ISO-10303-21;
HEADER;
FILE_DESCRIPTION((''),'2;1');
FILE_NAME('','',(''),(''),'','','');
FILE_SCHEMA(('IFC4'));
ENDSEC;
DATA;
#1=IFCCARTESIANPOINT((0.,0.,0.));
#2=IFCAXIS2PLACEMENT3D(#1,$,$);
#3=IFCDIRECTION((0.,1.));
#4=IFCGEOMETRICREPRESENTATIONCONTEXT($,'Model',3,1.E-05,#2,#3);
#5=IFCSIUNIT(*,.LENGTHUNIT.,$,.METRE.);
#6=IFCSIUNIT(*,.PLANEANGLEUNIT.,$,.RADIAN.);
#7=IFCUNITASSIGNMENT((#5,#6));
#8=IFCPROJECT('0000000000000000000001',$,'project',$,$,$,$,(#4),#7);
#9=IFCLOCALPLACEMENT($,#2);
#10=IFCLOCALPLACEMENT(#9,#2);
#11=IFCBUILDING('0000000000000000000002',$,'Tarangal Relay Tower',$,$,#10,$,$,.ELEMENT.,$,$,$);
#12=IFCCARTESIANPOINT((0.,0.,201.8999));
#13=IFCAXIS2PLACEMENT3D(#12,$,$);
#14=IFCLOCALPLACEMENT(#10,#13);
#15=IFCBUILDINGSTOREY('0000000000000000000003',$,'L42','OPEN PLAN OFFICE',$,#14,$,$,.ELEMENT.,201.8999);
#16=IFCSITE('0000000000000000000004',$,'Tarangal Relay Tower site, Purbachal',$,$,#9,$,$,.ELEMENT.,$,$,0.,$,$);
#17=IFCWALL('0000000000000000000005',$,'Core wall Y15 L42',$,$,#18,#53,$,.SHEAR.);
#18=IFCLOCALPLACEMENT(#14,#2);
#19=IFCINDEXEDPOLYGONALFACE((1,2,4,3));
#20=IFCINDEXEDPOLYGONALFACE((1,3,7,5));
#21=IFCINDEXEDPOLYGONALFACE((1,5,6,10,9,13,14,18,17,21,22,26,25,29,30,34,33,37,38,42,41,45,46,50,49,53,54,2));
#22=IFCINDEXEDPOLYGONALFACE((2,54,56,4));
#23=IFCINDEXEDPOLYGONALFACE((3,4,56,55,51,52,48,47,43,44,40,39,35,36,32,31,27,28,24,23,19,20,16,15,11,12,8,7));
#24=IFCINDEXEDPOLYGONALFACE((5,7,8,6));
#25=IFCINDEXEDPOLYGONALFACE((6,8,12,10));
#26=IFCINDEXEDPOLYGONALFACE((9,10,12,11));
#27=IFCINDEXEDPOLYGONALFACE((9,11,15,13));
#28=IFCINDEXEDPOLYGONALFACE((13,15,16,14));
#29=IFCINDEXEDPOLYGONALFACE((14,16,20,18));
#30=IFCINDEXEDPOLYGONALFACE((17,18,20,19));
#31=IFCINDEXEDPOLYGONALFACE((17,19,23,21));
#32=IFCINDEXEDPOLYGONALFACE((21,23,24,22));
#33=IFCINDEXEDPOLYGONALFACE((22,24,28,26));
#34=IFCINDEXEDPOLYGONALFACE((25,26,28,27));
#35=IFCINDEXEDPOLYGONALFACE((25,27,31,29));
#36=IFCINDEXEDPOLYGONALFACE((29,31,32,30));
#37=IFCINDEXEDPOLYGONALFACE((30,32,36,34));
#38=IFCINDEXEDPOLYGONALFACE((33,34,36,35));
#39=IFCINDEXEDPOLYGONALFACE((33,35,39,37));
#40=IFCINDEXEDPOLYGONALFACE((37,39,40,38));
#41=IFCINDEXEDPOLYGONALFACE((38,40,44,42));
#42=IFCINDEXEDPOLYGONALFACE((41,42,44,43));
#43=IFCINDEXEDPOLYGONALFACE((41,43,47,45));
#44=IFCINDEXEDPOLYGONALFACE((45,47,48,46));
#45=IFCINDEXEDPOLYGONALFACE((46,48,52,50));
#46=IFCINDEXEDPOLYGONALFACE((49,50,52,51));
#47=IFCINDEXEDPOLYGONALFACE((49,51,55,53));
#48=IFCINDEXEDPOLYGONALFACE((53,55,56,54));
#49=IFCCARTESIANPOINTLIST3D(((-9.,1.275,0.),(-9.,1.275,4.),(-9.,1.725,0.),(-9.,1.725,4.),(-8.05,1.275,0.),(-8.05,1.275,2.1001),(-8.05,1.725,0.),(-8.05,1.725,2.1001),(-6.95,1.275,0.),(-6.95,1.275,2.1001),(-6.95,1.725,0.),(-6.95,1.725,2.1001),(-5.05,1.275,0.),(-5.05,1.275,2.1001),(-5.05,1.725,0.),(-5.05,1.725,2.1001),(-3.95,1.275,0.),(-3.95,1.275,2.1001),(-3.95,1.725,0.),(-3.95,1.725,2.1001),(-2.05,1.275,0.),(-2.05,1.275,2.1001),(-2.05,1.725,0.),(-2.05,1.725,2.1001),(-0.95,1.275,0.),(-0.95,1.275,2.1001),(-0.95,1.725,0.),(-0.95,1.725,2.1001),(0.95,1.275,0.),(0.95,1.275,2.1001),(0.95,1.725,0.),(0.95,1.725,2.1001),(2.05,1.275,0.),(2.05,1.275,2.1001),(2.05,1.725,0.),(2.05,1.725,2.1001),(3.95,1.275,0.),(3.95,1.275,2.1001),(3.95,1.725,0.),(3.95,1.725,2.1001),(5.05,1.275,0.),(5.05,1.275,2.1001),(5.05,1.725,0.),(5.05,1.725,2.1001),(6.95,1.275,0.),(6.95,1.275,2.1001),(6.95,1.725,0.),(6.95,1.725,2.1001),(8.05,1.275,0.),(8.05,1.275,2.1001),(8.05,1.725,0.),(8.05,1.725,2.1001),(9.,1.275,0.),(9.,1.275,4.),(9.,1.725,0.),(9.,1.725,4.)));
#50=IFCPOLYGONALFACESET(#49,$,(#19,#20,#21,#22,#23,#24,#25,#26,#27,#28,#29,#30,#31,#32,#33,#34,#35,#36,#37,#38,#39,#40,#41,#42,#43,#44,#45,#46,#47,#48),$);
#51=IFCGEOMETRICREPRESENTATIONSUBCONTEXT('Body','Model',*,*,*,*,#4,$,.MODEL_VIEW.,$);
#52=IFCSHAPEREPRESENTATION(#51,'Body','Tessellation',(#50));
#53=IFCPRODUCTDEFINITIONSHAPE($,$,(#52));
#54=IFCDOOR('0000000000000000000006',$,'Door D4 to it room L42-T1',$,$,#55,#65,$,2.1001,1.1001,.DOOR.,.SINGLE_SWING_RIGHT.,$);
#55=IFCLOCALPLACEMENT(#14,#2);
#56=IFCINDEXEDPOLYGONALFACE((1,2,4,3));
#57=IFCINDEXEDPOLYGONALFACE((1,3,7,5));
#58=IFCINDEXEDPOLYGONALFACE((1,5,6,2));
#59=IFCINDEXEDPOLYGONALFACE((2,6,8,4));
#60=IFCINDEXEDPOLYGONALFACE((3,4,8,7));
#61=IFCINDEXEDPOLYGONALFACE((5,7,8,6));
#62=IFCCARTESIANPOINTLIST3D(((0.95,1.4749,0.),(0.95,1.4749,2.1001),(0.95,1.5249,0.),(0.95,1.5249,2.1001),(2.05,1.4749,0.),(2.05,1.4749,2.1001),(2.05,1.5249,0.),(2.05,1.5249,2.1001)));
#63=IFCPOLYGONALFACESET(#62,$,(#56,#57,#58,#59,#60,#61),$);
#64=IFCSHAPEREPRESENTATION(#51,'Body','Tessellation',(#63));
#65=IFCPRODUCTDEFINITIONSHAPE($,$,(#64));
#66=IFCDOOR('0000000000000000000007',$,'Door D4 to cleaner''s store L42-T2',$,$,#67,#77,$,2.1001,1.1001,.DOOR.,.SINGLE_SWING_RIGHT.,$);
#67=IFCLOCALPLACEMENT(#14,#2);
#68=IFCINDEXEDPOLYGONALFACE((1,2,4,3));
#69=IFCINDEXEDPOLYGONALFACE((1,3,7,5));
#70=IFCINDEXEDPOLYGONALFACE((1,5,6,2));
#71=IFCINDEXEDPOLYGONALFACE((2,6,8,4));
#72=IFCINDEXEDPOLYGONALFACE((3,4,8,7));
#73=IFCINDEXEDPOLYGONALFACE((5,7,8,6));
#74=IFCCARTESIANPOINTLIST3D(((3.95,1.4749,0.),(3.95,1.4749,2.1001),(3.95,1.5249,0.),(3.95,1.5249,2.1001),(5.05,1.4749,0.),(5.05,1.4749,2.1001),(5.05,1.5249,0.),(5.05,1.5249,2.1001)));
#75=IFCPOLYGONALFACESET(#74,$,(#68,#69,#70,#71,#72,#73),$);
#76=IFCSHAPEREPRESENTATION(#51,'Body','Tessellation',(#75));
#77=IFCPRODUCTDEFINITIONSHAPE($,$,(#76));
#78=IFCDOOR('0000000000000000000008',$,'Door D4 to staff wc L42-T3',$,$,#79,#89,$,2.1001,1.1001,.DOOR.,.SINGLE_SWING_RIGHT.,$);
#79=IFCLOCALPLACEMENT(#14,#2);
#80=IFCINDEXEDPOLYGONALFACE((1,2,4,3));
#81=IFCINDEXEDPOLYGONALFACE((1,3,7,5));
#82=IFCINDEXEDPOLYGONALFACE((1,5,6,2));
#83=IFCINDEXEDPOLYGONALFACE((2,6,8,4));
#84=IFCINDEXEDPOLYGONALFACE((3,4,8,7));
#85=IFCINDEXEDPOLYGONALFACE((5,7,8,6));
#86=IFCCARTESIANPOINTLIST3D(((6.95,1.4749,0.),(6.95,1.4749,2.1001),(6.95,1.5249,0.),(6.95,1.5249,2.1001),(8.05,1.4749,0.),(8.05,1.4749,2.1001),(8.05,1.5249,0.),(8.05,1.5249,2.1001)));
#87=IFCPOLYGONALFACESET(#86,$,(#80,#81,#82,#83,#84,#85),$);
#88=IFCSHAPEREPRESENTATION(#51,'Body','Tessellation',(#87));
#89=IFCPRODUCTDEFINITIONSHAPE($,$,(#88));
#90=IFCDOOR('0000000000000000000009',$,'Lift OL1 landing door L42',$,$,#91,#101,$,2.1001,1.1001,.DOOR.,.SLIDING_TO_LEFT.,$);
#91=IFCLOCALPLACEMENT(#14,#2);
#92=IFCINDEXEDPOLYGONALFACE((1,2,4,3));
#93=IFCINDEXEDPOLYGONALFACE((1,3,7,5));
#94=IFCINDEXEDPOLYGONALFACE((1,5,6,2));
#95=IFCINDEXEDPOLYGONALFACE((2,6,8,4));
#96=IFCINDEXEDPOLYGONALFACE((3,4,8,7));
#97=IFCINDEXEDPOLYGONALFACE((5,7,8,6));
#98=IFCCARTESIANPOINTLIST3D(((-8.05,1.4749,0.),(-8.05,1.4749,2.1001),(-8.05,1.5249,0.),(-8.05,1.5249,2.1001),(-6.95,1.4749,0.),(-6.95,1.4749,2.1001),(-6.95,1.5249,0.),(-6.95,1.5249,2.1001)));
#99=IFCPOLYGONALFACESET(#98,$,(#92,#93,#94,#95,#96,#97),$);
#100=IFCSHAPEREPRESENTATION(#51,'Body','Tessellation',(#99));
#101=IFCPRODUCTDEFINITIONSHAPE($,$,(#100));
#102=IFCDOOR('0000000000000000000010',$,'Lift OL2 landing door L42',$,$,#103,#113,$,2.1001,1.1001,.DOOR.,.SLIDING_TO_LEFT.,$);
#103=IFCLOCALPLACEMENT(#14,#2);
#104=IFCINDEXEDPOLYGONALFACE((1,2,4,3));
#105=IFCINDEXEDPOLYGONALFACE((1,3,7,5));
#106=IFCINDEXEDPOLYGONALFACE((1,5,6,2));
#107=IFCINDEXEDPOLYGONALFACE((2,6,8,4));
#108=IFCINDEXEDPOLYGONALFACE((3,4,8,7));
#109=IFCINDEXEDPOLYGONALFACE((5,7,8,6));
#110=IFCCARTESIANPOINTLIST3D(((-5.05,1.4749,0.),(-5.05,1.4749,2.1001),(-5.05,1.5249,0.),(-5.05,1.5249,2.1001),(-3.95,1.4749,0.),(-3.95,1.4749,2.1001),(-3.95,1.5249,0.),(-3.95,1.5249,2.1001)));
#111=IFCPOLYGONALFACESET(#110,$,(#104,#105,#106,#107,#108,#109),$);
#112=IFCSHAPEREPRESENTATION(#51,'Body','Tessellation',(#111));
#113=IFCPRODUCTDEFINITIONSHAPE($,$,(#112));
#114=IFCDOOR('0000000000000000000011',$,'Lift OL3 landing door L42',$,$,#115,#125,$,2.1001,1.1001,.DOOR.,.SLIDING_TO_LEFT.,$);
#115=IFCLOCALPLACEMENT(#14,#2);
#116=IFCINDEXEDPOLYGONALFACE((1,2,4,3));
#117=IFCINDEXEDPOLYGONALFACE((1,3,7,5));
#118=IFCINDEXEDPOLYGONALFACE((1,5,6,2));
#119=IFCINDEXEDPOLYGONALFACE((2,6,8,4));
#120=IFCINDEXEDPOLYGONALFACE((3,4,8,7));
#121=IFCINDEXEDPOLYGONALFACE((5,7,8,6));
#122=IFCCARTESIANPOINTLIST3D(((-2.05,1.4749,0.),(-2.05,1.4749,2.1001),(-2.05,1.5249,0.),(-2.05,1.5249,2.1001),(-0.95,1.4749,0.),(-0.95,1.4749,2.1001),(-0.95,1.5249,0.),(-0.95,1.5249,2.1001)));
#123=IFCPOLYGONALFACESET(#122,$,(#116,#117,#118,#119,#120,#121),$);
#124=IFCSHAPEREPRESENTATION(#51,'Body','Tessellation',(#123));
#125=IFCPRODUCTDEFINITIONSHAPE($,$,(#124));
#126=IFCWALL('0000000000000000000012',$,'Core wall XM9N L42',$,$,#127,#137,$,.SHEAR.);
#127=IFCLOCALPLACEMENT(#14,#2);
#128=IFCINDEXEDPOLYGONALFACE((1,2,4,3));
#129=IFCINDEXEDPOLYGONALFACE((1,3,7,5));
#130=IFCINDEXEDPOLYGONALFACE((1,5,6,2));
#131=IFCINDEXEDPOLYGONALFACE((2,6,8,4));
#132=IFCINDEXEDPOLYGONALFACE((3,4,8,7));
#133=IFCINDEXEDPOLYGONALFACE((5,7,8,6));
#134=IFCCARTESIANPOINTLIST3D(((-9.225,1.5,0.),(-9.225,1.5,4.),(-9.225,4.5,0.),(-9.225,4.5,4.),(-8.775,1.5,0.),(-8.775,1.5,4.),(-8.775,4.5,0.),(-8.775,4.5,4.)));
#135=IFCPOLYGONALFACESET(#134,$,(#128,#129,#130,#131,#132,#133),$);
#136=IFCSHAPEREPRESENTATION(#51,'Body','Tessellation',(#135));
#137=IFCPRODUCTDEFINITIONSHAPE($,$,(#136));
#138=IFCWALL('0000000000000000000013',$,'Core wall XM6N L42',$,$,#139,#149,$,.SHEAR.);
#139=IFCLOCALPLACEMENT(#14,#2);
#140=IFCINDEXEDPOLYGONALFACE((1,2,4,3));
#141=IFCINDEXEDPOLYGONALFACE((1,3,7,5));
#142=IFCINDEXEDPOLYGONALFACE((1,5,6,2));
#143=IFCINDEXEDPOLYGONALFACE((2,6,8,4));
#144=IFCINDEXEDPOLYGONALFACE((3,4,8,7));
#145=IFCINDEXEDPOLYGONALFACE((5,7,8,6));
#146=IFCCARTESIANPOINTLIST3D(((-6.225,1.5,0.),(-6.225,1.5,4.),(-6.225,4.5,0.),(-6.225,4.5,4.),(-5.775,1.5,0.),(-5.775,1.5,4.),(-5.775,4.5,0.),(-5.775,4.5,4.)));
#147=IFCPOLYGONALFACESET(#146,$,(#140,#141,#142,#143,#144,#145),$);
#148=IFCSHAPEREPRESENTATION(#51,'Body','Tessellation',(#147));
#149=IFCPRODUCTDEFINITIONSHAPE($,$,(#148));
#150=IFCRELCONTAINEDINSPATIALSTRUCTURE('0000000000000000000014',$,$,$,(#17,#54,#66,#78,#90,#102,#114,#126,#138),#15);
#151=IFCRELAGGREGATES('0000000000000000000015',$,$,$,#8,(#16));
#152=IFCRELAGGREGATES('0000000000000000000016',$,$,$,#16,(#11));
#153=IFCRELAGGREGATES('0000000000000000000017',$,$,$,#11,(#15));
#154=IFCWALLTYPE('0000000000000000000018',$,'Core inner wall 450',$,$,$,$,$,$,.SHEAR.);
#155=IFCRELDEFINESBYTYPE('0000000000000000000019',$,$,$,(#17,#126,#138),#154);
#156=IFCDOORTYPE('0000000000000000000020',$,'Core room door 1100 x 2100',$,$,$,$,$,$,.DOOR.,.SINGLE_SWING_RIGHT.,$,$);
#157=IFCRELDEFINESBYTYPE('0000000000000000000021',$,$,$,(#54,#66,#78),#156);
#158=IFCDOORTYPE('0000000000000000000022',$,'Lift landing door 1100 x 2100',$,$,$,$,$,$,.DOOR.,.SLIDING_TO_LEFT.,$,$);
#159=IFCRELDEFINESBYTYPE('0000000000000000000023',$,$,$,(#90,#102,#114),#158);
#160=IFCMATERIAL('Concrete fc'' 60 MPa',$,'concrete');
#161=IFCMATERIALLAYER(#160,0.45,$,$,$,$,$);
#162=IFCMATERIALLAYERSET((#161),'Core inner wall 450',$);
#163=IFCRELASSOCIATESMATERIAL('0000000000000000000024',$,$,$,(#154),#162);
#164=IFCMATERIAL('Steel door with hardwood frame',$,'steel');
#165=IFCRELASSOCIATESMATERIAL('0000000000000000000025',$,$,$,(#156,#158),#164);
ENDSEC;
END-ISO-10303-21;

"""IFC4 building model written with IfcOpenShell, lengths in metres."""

from ifc_helpers import new_model, si_unit, direction, frame, frame_2d, origin, place, context, subcontext, project, spatial, rectangle, extrude, material, layer, layer_set, type_object, element, fill, save


model = new_model("IFC4")

# Units and contexts
model_context = context("Model", 3, precision=1e-05, world=origin(), true_north=direction((0.0, 1.0)))
body_context = subcontext(model_context, "Body", "Model", "MODEL_VIEW")
ifc_project = project(units=[si_unit("LENGTHUNIT", "METRE"), si_unit("PLANEANGLEUNIT", "RADIAN")], contexts=[model_context])

# Site, building, storey
site_placement = place(None, origin())
site = spatial("IfcSite", under=ifc_project, at=site_placement, Name="Tarangal Relay Tower site, Purbachal", CompositionType="ELEMENT", RefElevation=0.0)
building_placement = place(site_placement, origin())
building = spatial("IfcBuilding", under=site, at=building_placement, Name="Tarangal Relay Tower", CompositionType="ELEMENT")
storey_placement = place(building_placement, frame((0.0, 0.0, 201.8999)))
storey = spatial("IfcBuildingStorey", under=building, at=storey_placement, Name="L42", Description="OPEN PLAN OFFICE", CompositionType="ELEMENT", Elevation=201.8999)

# Wall, openings, doors
ifc_material_1 = material(Name="Concrete fc' 60 MPa", Category="concrete")
ifc_layer = layer(ifc_material_1, 0.45)
ifc_layer_set = layer_set([ifc_layer], Name="Core inner wall 450")
wall_type = type_object("IfcWallType", Name="Core inner wall 450", PredefinedType="SHEAR", material=ifc_layer_set)
ifc_material_2 = material(Name="Steel door with hardwood frame", Category="steel")
wall_1_placement = place(storey_placement, frame((-9.0, 1.5, 0.0), z_axis=(0.0, 0.0, 1.0), x_axis=(1.0, 0.0, 0.0)))
wall_1 = element("IfcWall", 1, at=wall_1_placement, inside=storey, type_object=wall_type, Name="Core wall Y15 L42", PredefinedType="SHEAR", context=body_context, shape_type="SweptSolid", body=[
    extrude(rectangle(XDim=18.0, YDim=0.45, at=frame_2d((9.0, 0.0))), origin(), (0.0, 0.0, 1.0), 4.0),
])
opening_1_placement = place(wall_1_placement, frame((0.95, 0.0, 0.0)))
opening_1 = element("IfcOpeningElement", 2, at=opening_1_placement, cuts=wall_1, PredefinedType="OPENING", context=body_context, shape_type="SweptSolid", body=[
    extrude(rectangle(XDim=1.1001, YDim=2.1001, at=frame_2d((0.55, 1.05))), frame((0.0, 0.2349, 0.0), z_axis=(0.0, -1.0, 0.0), x_axis=(1.0, 0.0, 0.0)), (0.0, 0.0, 1.0), 0.47),
])
opening_2_placement = place(wall_1_placement, frame((3.95, 0.0, 0.0)))
opening_2 = element("IfcOpeningElement", 3, at=opening_2_placement, cuts=wall_1, PredefinedType="OPENING", context=body_context, shape_type="SweptSolid", body=[
    extrude(rectangle(XDim=1.1001, YDim=2.1001, at=frame_2d((0.55, 1.05))), frame((0.0, 0.2349, 0.0), z_axis=(0.0, -1.0, 0.0), x_axis=(1.0, 0.0, 0.0)), (0.0, 0.0, 1.0), 0.47),
])
opening_3_placement = place(wall_1_placement, frame((6.95, 0.0, 0.0)))
opening_3 = element("IfcOpeningElement", 4, at=opening_3_placement, cuts=wall_1, PredefinedType="OPENING", context=body_context, shape_type="SweptSolid", body=[
    extrude(rectangle(XDim=1.1001, YDim=2.1001, at=frame_2d((0.55, 1.05))), frame((0.0, 0.2349, 0.0), z_axis=(0.0, -1.0, 0.0), x_axis=(1.0, 0.0, 0.0)), (0.0, 0.0, 1.0), 0.47),
])
opening_4_placement = place(wall_1_placement, frame((9.95, 0.0, 0.0)))
opening_4 = element("IfcOpeningElement", 5, at=opening_4_placement, cuts=wall_1, PredefinedType="OPENING", context=body_context, shape_type="SweptSolid", body=[
    extrude(rectangle(XDim=1.1001, YDim=2.1001, at=frame_2d((0.55, 1.05))), frame((0.0, 0.2349, 0.0), z_axis=(0.0, -1.0, 0.0), x_axis=(1.0, 0.0, 0.0)), (0.0, 0.0, 1.0), 0.47),
])
opening_5_placement = place(wall_1_placement, frame((12.95, 0.0, 0.0)))
opening_5 = element("IfcOpeningElement", 6, at=opening_5_placement, cuts=wall_1, PredefinedType="OPENING", context=body_context, shape_type="SweptSolid", body=[
    extrude(rectangle(XDim=1.1001, YDim=2.1001, at=frame_2d((0.55, 1.05))), frame((0.0, 0.2349, 0.0), z_axis=(0.0, -1.0, 0.0), x_axis=(1.0, 0.0, 0.0)), (0.0, 0.0, 1.0), 0.47),
])
opening_6_placement = place(wall_1_placement, frame((15.95, 0.0, 0.0)))
opening_6 = element("IfcOpeningElement", 7, at=opening_6_placement, cuts=wall_1, PredefinedType="OPENING", context=body_context, shape_type="SweptSolid", body=[
    extrude(rectangle(XDim=1.1001, YDim=2.1001, at=frame_2d((0.55, 1.05))), frame((0.0, 0.2349, 0.0), z_axis=(0.0, -1.0, 0.0), x_axis=(1.0, 0.0, 0.0)), (0.0, 0.0, 1.0), 0.47),
])
door_type_1 = type_object("IfcDoorType", Name="Core room door 1100 x 2100", OperationType="SINGLE_SWING_RIGHT", PredefinedType="DOOR", material=ifc_material_2)
door_1_placement = place(opening_4_placement, origin())
door_1 = element("IfcDoor", 8, at=door_1_placement, inside=storey, type_object=door_type_1, Name="Door D4 to it room L42-T1", OperationType="SINGLE_SWING_RIGHT", OverallHeight=2.1001, OverallWidth=1.1001, PredefinedType="DOOR", context=body_context, shape_type="SweptSolid", body=[
    extrude(rectangle(XDim=1.1001, YDim=2.1001, at=frame_2d((0.55, 1.05))), frame((0.0, 0.0249, 0.0), z_axis=(0.0, -1.0, 0.0), x_axis=(1.0, 0.0, 0.0)), (0.0, 0.0, 1.0), 0.05),
])
fill(opening_4, door_1)
door_2_placement = place(opening_5_placement, origin())
door_2 = element("IfcDoor", 9, at=door_2_placement, inside=storey, type_object=door_type_1, Name="Door D4 to cleaner's store L42-T2", OperationType="SINGLE_SWING_RIGHT", OverallHeight=2.1001, OverallWidth=1.1001, PredefinedType="DOOR", context=body_context, shape_type="SweptSolid", body=[
    extrude(rectangle(XDim=1.1001, YDim=2.1001, at=frame_2d((0.55, 1.05))), frame((0.0, 0.0249, 0.0), z_axis=(0.0, -1.0, 0.0), x_axis=(1.0, 0.0, 0.0)), (0.0, 0.0, 1.0), 0.05),
])
fill(opening_5, door_2)
door_3_placement = place(opening_6_placement, origin())
door_3 = element("IfcDoor", 10, at=door_3_placement, inside=storey, type_object=door_type_1, Name="Door D4 to staff wc L42-T3", OperationType="SINGLE_SWING_RIGHT", OverallHeight=2.1001, OverallWidth=1.1001, PredefinedType="DOOR", context=body_context, shape_type="SweptSolid", body=[
    extrude(rectangle(XDim=1.1001, YDim=2.1001, at=frame_2d((0.55, 1.05))), frame((0.0, 0.0249, 0.0), z_axis=(0.0, -1.0, 0.0), x_axis=(1.0, 0.0, 0.0)), (0.0, 0.0, 1.0), 0.05),
])
fill(opening_6, door_3)
door_type_2 = type_object("IfcDoorType", Name="Lift landing door 1100 x 2100", OperationType="SLIDING_TO_LEFT", PredefinedType="DOOR", material=ifc_material_2)
door_4_placement = place(opening_1_placement, origin())
door_4 = element("IfcDoor", 11, at=door_4_placement, inside=storey, type_object=door_type_2, Name="Lift OL1 landing door L42", OperationType="SLIDING_TO_LEFT", OverallHeight=2.1001, OverallWidth=1.1001, PredefinedType="DOOR", context=body_context, shape_type="SweptSolid", body=[
    extrude(rectangle(XDim=1.1001, YDim=2.1001, at=frame_2d((0.55, 1.05))), frame((0.0, 0.0249, 0.0), z_axis=(0.0, -1.0, 0.0), x_axis=(1.0, 0.0, 0.0)), (0.0, 0.0, 1.0), 0.05),
])
fill(opening_1, door_4)
door_5_placement = place(opening_2_placement, origin())
door_5 = element("IfcDoor", 12, at=door_5_placement, inside=storey, type_object=door_type_2, Name="Lift OL2 landing door L42", OperationType="SLIDING_TO_LEFT", OverallHeight=2.1001, OverallWidth=1.1001, PredefinedType="DOOR", context=body_context, shape_type="SweptSolid", body=[
    extrude(rectangle(XDim=1.1001, YDim=2.1001, at=frame_2d((0.55, 1.05))), frame((0.0, 0.0249, 0.0), z_axis=(0.0, -1.0, 0.0), x_axis=(1.0, 0.0, 0.0)), (0.0, 0.0, 1.0), 0.05),
])
fill(opening_2, door_5)
door_6_placement = place(opening_3_placement, origin())
door_6 = element("IfcDoor", 13, at=door_6_placement, inside=storey, type_object=door_type_2, Name="Lift OL3 landing door L42", OperationType="SLIDING_TO_LEFT", OverallHeight=2.1001, OverallWidth=1.1001, PredefinedType="DOOR", context=body_context, shape_type="SweptSolid", body=[
    extrude(rectangle(XDim=1.1001, YDim=2.1001, at=frame_2d((0.55, 1.05))), frame((0.0, 0.0249, 0.0), z_axis=(0.0, -1.0, 0.0), x_axis=(1.0, 0.0, 0.0)), (0.0, 0.0, 1.0), 0.05),
])
fill(opening_3, door_6)

# Walls
for number, where, z_axis, x_axis, name in (
    (14, (-9.0, 1.5, 0.0), (0.0, 0.0, 1.0), (0.0, 1.0, 0.0), "Core wall XM9N L42"),
    (15, (-6.0, 1.5, 0.0), (0.0, 0.0, 1.0), (0.0, 1.0, 0.0), "Core wall XM6N L42"),
):
    element("IfcWall", number, at=place(storey_placement, frame(where, z_axis=z_axis, x_axis=x_axis)), inside=storey, type_object=wall_type, Name=name, PredefinedType="SHEAR", context=body_context, shape_type="SweptSolid", body=[
        extrude(rectangle(XDim=3.0, YDim=0.45, at=frame_2d((1.5, 0.0))), origin(), (0.0, 0.0, 1.0), 4.0),
    ])

save(model, "model.ifc")
